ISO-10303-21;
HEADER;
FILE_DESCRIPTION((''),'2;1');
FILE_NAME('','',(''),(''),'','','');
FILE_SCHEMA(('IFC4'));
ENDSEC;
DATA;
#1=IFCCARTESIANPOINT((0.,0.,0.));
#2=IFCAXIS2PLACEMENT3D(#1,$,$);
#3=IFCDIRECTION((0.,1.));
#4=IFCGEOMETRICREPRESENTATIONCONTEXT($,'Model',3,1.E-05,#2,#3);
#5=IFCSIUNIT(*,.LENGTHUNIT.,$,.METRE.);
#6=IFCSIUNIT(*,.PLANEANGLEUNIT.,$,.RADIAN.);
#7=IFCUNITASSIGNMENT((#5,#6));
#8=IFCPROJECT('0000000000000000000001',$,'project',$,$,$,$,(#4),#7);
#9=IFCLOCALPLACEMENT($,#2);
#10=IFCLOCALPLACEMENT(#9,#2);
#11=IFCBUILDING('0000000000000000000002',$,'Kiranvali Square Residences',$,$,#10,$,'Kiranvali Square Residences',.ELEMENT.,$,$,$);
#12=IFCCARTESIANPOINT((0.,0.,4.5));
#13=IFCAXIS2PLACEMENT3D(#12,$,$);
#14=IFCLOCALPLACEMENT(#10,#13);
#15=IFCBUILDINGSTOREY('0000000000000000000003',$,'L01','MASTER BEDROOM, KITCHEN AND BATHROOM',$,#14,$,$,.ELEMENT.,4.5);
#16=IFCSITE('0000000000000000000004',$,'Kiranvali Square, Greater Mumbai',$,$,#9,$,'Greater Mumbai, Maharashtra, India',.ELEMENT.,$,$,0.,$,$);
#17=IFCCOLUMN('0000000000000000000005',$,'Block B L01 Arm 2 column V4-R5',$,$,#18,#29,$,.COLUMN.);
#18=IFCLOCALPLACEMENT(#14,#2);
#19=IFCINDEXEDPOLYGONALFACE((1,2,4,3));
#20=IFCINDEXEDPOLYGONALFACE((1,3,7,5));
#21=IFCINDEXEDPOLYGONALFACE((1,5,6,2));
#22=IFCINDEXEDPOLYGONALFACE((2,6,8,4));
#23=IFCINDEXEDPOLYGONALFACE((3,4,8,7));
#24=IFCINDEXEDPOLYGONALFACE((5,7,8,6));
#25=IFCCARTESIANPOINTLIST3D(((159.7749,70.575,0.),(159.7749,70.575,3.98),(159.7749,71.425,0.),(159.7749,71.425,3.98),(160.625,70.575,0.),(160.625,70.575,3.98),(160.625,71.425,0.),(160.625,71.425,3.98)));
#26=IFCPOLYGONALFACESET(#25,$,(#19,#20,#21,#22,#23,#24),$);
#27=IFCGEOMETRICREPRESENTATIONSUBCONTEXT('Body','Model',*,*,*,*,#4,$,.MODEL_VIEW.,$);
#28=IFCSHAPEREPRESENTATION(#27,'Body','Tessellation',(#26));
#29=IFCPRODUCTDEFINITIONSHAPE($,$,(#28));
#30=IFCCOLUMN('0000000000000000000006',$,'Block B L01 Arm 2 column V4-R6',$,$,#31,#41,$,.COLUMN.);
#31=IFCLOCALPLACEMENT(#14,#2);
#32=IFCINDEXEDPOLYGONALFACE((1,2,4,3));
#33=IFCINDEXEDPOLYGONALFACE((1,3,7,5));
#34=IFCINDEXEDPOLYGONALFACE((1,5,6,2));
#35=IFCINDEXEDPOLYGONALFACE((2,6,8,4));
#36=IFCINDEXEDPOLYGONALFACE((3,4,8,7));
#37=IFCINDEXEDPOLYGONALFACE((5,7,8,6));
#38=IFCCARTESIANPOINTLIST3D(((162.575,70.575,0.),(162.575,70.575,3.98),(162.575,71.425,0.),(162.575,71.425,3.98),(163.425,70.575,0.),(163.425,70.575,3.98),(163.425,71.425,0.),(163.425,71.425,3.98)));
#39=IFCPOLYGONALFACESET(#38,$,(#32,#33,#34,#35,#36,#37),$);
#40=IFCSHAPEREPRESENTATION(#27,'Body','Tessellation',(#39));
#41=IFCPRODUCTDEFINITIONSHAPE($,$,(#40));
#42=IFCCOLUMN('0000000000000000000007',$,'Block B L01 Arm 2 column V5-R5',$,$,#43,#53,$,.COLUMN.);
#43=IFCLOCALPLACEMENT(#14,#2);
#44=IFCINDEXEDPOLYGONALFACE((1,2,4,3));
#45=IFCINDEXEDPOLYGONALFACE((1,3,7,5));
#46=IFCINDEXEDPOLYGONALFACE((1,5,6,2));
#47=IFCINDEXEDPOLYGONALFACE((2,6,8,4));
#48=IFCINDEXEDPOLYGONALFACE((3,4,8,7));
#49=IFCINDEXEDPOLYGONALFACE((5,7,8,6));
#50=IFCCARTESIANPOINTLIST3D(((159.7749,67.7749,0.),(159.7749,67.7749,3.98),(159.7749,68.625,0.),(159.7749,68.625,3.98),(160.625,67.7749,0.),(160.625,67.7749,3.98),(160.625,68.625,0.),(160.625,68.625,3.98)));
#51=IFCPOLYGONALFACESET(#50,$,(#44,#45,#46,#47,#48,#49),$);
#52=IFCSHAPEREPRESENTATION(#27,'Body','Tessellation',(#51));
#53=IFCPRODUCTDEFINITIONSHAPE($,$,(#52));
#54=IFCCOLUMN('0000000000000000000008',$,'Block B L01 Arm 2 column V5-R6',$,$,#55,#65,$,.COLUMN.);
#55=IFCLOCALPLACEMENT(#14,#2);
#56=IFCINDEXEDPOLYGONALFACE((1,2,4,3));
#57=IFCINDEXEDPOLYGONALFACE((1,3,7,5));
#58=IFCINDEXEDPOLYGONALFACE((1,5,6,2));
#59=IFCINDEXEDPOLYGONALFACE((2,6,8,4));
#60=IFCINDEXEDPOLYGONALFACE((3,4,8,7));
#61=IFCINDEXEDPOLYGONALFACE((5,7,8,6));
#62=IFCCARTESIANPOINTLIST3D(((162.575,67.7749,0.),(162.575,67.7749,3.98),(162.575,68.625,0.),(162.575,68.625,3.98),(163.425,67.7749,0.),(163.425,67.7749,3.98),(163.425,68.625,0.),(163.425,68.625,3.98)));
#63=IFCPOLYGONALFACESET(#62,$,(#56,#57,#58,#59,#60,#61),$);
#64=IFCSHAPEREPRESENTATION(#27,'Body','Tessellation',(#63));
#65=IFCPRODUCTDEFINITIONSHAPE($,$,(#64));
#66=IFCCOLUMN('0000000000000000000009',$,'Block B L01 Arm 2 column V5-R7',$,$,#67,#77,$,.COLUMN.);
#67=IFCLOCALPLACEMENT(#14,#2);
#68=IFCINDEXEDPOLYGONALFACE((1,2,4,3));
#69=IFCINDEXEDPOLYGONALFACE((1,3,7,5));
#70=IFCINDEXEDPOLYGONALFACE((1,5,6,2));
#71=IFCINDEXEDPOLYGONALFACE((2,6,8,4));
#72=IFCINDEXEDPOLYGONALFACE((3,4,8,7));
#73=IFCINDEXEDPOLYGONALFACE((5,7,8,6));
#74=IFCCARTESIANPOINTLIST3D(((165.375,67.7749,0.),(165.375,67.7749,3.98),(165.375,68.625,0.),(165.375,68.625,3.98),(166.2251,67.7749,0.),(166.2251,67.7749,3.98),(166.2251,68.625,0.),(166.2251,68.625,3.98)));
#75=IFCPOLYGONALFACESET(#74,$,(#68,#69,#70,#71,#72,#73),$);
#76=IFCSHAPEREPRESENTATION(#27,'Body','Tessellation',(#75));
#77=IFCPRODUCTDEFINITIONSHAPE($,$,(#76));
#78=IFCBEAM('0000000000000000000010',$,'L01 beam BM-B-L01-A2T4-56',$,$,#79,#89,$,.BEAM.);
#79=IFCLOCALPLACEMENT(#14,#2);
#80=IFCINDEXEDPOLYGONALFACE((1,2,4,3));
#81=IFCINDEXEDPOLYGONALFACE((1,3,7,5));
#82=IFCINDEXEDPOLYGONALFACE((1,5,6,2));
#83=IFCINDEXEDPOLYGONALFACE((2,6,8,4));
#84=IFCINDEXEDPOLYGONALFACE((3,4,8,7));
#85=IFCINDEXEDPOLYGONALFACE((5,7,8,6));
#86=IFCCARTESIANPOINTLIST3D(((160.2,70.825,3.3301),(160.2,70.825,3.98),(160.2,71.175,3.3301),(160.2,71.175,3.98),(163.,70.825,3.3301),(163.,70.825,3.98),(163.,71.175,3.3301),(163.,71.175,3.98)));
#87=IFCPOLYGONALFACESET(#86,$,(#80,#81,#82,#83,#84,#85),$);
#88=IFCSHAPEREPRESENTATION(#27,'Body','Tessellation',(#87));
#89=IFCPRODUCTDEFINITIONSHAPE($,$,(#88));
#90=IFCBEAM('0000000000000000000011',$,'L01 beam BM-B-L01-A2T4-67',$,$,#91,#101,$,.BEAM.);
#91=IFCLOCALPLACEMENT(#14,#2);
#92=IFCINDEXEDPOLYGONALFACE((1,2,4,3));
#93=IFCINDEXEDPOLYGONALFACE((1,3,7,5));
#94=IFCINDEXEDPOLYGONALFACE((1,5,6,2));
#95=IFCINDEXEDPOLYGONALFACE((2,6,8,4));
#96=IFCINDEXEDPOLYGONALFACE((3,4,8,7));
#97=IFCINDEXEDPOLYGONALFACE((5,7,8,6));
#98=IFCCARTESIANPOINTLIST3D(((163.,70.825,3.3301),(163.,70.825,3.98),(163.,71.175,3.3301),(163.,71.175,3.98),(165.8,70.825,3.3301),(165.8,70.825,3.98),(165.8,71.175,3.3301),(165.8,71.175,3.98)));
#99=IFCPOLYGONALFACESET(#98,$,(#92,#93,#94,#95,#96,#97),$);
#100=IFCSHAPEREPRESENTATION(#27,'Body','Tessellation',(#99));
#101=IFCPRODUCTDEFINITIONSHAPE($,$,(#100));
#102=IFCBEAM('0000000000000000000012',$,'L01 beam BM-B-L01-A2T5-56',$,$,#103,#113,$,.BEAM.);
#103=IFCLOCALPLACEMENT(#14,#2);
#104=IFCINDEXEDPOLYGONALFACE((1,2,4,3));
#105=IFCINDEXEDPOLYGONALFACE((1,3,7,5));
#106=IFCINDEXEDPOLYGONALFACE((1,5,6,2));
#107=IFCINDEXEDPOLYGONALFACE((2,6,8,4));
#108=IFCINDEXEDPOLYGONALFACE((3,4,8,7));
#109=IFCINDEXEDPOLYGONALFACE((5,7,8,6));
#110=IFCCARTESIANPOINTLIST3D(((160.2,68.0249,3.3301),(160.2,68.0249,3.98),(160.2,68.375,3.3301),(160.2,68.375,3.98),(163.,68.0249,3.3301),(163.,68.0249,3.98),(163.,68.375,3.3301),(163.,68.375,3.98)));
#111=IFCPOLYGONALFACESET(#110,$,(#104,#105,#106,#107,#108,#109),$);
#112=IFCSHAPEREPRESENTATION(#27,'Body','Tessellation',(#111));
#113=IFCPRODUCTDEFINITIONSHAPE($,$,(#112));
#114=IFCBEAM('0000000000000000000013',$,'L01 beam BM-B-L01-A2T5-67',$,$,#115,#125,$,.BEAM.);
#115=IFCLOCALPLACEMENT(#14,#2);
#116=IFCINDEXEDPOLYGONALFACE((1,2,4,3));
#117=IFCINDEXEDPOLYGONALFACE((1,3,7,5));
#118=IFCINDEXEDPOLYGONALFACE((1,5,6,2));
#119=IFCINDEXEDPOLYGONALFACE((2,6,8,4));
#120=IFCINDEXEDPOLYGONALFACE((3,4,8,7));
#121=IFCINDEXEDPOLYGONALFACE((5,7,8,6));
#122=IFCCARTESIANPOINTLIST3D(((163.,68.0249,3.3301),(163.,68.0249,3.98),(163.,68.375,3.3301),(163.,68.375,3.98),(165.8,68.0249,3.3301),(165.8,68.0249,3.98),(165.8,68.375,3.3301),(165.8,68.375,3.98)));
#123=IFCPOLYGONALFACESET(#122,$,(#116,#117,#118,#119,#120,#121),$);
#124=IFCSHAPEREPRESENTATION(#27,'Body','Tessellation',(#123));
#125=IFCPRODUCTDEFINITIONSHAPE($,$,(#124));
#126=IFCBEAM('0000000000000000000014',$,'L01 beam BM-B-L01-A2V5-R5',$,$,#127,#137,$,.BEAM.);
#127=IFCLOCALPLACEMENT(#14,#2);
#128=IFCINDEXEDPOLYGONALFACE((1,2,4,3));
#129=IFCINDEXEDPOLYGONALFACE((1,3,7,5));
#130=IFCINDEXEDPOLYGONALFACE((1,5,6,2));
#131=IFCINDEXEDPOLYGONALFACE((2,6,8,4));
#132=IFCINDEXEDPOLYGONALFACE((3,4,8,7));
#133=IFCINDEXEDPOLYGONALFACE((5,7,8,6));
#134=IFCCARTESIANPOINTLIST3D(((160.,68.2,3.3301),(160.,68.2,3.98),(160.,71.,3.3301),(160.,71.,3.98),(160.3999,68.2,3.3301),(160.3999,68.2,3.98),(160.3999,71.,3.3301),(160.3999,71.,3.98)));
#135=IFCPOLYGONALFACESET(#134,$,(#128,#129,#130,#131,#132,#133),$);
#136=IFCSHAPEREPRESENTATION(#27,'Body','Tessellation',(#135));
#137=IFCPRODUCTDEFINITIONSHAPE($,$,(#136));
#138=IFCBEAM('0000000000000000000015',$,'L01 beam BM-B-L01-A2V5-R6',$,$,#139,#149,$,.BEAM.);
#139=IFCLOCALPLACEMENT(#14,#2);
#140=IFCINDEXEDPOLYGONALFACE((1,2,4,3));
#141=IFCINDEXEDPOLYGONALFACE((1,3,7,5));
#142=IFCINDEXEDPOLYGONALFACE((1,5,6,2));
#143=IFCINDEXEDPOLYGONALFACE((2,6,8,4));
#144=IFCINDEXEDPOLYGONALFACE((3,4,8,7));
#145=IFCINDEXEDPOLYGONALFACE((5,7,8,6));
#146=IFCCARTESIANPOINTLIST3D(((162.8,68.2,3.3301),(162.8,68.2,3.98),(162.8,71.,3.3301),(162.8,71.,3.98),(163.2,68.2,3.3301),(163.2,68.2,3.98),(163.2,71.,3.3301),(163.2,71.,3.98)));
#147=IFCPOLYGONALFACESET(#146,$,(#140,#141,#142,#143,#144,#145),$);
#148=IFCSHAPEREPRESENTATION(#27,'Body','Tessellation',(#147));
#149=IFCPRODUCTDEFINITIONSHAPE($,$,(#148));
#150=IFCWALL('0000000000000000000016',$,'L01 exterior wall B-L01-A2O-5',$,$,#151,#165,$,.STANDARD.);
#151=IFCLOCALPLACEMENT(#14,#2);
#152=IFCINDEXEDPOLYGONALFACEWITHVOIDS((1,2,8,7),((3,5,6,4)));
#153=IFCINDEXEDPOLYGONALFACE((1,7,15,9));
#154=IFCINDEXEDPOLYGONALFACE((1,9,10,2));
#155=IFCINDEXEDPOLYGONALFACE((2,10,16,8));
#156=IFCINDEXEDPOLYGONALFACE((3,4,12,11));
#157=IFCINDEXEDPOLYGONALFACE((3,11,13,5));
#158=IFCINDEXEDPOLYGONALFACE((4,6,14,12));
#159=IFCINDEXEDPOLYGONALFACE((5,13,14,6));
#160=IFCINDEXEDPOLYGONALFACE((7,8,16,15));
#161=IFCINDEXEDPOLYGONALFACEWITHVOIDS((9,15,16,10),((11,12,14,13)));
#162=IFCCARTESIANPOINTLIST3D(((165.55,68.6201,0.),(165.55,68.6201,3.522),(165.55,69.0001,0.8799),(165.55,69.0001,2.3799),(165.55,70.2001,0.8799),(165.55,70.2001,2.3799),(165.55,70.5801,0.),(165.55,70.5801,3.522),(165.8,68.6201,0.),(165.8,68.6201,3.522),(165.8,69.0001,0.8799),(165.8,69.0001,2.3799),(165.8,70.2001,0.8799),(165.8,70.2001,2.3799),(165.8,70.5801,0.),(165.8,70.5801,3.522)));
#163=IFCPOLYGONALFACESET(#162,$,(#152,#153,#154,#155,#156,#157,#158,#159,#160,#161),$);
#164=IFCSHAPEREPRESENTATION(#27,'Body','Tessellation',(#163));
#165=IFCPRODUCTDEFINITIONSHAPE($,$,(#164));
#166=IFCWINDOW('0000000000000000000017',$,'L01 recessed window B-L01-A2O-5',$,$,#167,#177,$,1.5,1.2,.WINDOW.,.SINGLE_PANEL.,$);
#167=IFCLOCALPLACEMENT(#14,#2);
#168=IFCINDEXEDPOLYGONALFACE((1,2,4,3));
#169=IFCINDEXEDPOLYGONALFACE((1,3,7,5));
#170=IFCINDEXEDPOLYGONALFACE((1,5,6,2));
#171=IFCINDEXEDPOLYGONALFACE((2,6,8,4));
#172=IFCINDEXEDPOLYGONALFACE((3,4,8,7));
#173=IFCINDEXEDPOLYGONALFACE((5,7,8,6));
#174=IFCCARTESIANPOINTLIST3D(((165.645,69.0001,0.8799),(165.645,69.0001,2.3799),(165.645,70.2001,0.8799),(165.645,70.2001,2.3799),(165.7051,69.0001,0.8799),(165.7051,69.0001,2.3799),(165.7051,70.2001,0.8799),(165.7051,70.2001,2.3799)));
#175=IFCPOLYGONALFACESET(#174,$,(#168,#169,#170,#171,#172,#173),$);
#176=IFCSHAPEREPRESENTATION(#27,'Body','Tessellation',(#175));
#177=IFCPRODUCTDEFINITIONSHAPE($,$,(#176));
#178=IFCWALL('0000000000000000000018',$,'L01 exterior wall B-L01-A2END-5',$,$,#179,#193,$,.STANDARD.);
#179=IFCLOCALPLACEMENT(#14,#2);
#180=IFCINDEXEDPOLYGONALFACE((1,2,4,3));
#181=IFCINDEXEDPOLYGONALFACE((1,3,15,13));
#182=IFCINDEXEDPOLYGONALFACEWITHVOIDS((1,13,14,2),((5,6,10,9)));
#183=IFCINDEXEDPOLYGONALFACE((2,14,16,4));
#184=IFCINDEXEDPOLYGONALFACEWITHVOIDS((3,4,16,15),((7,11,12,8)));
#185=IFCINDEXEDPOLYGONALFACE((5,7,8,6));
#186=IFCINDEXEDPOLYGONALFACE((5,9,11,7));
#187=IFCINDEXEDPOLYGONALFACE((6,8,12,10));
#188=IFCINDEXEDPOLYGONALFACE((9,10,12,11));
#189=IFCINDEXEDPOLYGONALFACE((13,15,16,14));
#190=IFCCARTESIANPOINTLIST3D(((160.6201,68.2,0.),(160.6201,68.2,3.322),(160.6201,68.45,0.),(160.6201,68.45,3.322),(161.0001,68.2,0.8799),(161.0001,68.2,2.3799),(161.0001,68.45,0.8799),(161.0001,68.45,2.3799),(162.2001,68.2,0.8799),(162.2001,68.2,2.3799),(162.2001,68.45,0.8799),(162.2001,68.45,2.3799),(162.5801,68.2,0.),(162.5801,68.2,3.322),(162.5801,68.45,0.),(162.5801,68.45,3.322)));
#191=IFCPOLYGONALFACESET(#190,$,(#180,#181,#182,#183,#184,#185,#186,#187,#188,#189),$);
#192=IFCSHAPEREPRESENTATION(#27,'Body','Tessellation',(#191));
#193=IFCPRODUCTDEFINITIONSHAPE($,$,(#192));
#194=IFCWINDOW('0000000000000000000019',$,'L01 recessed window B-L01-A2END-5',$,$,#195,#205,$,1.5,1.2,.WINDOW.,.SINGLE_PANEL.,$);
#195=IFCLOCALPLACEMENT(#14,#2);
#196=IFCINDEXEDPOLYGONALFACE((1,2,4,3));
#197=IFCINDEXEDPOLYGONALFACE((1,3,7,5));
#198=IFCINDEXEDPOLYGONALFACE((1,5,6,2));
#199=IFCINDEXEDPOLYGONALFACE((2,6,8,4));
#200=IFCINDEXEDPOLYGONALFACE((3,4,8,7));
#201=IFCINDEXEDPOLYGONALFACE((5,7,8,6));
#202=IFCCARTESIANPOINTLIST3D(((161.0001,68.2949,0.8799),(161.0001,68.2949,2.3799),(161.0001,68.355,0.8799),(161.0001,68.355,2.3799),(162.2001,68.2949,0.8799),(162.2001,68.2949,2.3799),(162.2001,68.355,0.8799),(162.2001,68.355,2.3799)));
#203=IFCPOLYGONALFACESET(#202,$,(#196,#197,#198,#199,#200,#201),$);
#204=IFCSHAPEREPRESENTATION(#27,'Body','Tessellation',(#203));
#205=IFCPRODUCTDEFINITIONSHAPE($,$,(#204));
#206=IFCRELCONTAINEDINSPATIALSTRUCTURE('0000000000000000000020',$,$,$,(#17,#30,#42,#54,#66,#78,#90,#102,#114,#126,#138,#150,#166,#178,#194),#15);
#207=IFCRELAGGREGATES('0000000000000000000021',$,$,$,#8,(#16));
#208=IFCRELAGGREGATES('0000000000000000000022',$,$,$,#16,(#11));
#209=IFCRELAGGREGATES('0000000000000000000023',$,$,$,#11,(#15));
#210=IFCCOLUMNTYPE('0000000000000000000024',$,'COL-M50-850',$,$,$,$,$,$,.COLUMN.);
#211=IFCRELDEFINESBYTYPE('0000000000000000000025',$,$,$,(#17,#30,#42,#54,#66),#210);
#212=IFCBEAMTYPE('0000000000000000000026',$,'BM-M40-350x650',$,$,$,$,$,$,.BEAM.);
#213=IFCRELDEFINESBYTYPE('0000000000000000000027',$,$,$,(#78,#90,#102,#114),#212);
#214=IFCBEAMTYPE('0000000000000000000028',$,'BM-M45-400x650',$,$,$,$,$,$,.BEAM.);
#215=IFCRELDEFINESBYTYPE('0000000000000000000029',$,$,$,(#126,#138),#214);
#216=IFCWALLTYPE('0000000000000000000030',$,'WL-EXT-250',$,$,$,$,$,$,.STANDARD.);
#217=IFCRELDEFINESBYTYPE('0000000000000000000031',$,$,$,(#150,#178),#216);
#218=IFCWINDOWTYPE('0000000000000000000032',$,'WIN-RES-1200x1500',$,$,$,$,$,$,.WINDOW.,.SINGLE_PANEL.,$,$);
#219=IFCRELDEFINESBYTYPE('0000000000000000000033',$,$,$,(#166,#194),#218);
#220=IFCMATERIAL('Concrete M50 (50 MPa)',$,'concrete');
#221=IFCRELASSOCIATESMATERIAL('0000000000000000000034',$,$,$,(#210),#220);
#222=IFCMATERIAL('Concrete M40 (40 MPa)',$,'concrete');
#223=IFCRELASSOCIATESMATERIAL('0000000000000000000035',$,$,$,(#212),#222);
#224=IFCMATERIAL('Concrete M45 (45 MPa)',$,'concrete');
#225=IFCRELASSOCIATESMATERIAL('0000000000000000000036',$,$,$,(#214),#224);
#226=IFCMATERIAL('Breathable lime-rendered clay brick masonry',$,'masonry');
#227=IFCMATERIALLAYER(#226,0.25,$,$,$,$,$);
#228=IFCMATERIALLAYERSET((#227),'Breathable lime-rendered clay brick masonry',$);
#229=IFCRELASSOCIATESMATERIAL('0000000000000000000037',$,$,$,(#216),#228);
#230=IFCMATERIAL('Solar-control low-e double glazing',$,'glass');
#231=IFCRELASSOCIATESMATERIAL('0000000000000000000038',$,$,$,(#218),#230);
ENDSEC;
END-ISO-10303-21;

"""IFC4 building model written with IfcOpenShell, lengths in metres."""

from ifc_helpers import new_model, si_unit, direction, frame, frame_2d, origin, origin_2d, place, context, subcontext, project, spatial, rectangle, extrude, material, layer, layer_set, material_profile, profile_set, type_object, element, fill, save


model = new_model("IFC4")

# Units and contexts
model_context = context("Model", 3, precision=1e-05, world=origin(), true_north=direction((0.0, 1.0)))
body_context = subcontext(model_context, "Body", "Model", "MODEL_VIEW")
ifc_project = project(units=[si_unit("LENGTHUNIT", "METRE"), si_unit("PLANEANGLEUNIT", "RADIAN")], contexts=[model_context])

# Site, building, storey
site_placement = place(None, origin())
site = spatial("IfcSite", under=ifc_project, at=site_placement, Name="Kiranvali Square, Greater Mumbai", LongName="Greater Mumbai, Maharashtra, India", CompositionType="ELEMENT", RefElevation=0.0)
building_placement = place(site_placement, origin())
building = spatial("IfcBuilding", under=site, at=building_placement, Name="Kiranvali Square Residences", LongName="Kiranvali Square Residences", CompositionType="ELEMENT")
storey_placement = place(building_placement, frame((0.0, 0.0, 4.5)))
storey = spatial("IfcBuildingStorey", under=building, at=storey_placement, Name="L01", Description="MASTER BEDROOM, KITCHEN AND BATHROOM", CompositionType="ELEMENT", Elevation=4.5)

# Columns
ifc_material_1 = material(Name="Concrete M50 (50 MPa)", Category="concrete")
ifc_material_profile_1 = material_profile(ifc_material_1, rectangle(XDim=0.8501, YDim=0.8501, at=origin_2d()), Name="RC 850x850")
ifc_profile_set_1 = profile_set([ifc_material_profile_1], Name="Concrete M50 (50 MPa)")
column_type = type_object("IfcColumnType", Name="COL-M50-850", PredefinedType="COLUMN", material=ifc_profile_set_1)
for number, where, z_axis, x_axis, name in (
    (1, (160.2, 71.0, 0.0), (0.0, 0.0, 1.0), (1.0, 0.0, 0.0), "Block B L01 Arm 2 column V4-R5"),
    (2, (163.0, 71.0, 0.0), (0.0, 0.0, 1.0), (1.0, 0.0, 0.0), "Block B L01 Arm 2 column V4-R6"),
    (3, (160.2, 68.2, 0.0), (0.0, 0.0, 1.0), (1.0, 0.0, 0.0), "Block B L01 Arm 2 column V5-R5"),
    (4, (163.0, 68.2, 0.0), (0.0, 0.0, 1.0), (1.0, 0.0, 0.0), "Block B L01 Arm 2 column V5-R6"),
    (5, (165.8, 68.2, 0.0), (0.0, 0.0, 1.0), (1.0, 0.0, 0.0), "Block B L01 Arm 2 column V5-R7"),
):
    element("IfcColumn", number, at=place(storey_placement, frame(where, z_axis=z_axis, x_axis=x_axis)), inside=storey, type_object=column_type, Name=name, PredefinedType="COLUMN", context=body_context, shape_type="SweptSolid", body=[
        extrude(rectangle(XDim=0.8501, YDim=0.8501, at=origin_2d()), origin(), (0.0, 0.0, 1.0), 3.98),
    ])

# Beams
ifc_material_2 = material(Name="Concrete M40 (40 MPa)", Category="concrete")
ifc_material_profile_2 = material_profile(ifc_material_2, rectangle(XDim=0.3501, YDim=0.6499, at=origin_2d()), Name="RC 350x650")
ifc_profile_set_2 = profile_set([ifc_material_profile_2], Name="Concrete M40 (40 MPa)")
beam_type_1 = type_object("IfcBeamType", Name="BM-M40-350x650", PredefinedType="BEAM", material=ifc_profile_set_2)
for number, where, z_axis, x_axis, name in (
    (6, (160.2, 71.0, 3.655), (1.0, 0.0, 0.0), (0.0, 1.0, 0.0), "L01 beam BM-B-L01-A2T4-56"),
    (7, (163.0, 71.0, 3.655), (1.0, 0.0, 0.0), (0.0, 1.0, 0.0), "L01 beam BM-B-L01-A2T4-67"),
    (8, (160.2, 68.2, 3.655), (1.0, 0.0, 0.0), (0.0, 1.0, 0.0), "L01 beam BM-B-L01-A2T5-56"),
    (9, (163.0, 68.2, 3.655), (1.0, 0.0, 0.0), (0.0, 1.0, 0.0), "L01 beam BM-B-L01-A2T5-67"),
):
    element("IfcBeam", number, at=place(storey_placement, frame(where, z_axis=z_axis, x_axis=x_axis)), inside=storey, type_object=beam_type_1, Name=name, PredefinedType="BEAM", context=body_context, shape_type="SweptSolid", body=[
        extrude(rectangle(XDim=0.3501, YDim=0.6499, at=origin_2d()), origin(), (0.0, 0.0, 1.0), 2.8),
    ])
ifc_material_3 = material(Name="Concrete M45 (45 MPa)", Category="concrete")
ifc_material_profile_3 = material_profile(ifc_material_3, rectangle(XDim=0.3999, YDim=0.6499, at=origin_2d()), Name="RC 400x650")
ifc_profile_set_3 = profile_set([ifc_material_profile_3], Name="Concrete M45 (45 MPa)")
beam_type_2 = type_object("IfcBeamType", Name="BM-M45-400x650", PredefinedType="BEAM", material=ifc_profile_set_3)
for number, where, z_axis, x_axis, name in (
    (10, (160.2, 71.0, 3.655), (0.0, -1.0, 0.0), (1.0, 0.0, 0.0), "L01 beam BM-B-L01-A2V5-R5"),
    (11, (163.0, 71.0, 3.655), (0.0, -1.0, 0.0), (1.0, 0.0, 0.0), "L01 beam BM-B-L01-A2V5-R6"),
):
    element("IfcBeam", number, at=place(storey_placement, frame(where, z_axis=z_axis, x_axis=x_axis)), inside=storey, type_object=beam_type_2, Name=name, PredefinedType="BEAM", context=body_context, shape_type="SweptSolid", body=[
        extrude(rectangle(XDim=0.3999, YDim=0.6499, at=origin_2d()), origin(), (0.0, 0.0, 1.0), 2.8),
    ])

# Walls, openings, windows
ifc_material_4 = material(Name="Breathable lime-rendered clay brick masonry", Category="masonry")
ifc_layer_1 = layer(ifc_material_4, 0.25)
ifc_layer_set_1 = layer_set([ifc_layer_1], Name="Breathable lime-rendered clay brick masonry")
wall_type_1 = type_object("IfcWallType", Name="WL-EXT-250", PredefinedType="STANDARD", material=ifc_layer_set_1)
wall_1_placement = place(storey_placement, frame((165.675, 70.5801, 0.0), z_axis=(0.0, 0.0, 1.0), x_axis=(0.0, -1.0, 0.0)))
wall_1 = element("IfcWall", 12, at=wall_1_placement, inside=storey, type_object=wall_type_1, Name="L01 exterior wall B-L01-A2O-5", PredefinedType="STANDARD", context=body_context, shape_type="SweptSolid", body=[
    extrude(rectangle(XDim=1.96, YDim=0.25, at=frame_2d((0.98, 0.0))), origin(), (0.0, 0.0, 1.0), 3.522),
])
opening_1_placement = place(wall_1_placement, frame((0.3799, 0.0, 0.8799)))
opening_1 = element("IfcOpeningElement", 13, at=opening_1_placement, cuts=wall_1, PredefinedType="OPENING", context=body_context, shape_type="SweptSolid", body=[
    extrude(rectangle(XDim=1.2, YDim=1.5, at=frame_2d((0.6001, 0.75))), frame((0.0, 0.135, 0.0), z_axis=(0.0, -1.0, 0.0), x_axis=(1.0, 0.0, 0.0)), (0.0, 0.0, 1.0), 0.27),
])
ifc_material_5 = material(Name="Solar-control low-e double glazing", Category="glass")
window_type = type_object("IfcWindowType", Name="WIN-RES-1200x1500", PartitioningType="SINGLE_PANEL", PredefinedType="WINDOW", material=ifc_material_5)
window_1_placement = place(opening_1_placement, origin())
window_1 = element("IfcWindow", 14, at=window_1_placement, inside=storey, type_object=window_type, Name="L01 recessed window B-L01-A2O-5", OverallHeight=1.5, OverallWidth=1.2, PartitioningType="SINGLE_PANEL", PredefinedType="WINDOW", context=body_context, shape_type="SweptSolid", body=[
    extrude(rectangle(XDim=1.2, YDim=1.5, at=frame_2d((0.6001, 0.75))), frame((0.0, 0.03, 0.0), z_axis=(0.0, -1.0, 0.0), x_axis=(1.0, 0.0, 0.0)), (0.0, 0.0, 1.0), 0.0601),
])
fill(opening_1, window_1)
wall_2_placement = place(storey_placement, frame((160.6201, 68.325, 0.0), z_axis=(0.0, 0.0, 1.0), x_axis=(1.0, 0.0, 0.0)))
wall_2 = element("IfcWall", 15, at=wall_2_placement, inside=storey, type_object=wall_type_1, Name="L01 exterior wall B-L01-A2END-5", PredefinedType="STANDARD", context=body_context, shape_type="SweptSolid", body=[
    extrude(rectangle(XDim=1.96, YDim=0.25, at=frame_2d((0.98, 0.0))), origin(), (0.0, 0.0, 1.0), 3.322),
])
opening_2_placement = place(wall_2_placement, frame((0.3799, 0.0, 0.8799)))
opening_2 = element("IfcOpeningElement", 16, at=opening_2_placement, cuts=wall_2, PredefinedType="OPENING", context=body_context, shape_type="SweptSolid", body=[
    extrude(rectangle(XDim=1.2, YDim=1.5, at=frame_2d((0.6001, 0.75))), frame((0.0, 0.135, 0.0), z_axis=(0.0, -1.0, 0.0), x_axis=(1.0, 0.0, 0.0)), (0.0, 0.0, 1.0), 0.27),
])
window_2_placement = place(opening_2_placement, origin())
window_2 = element("IfcWindow", 17, at=window_2_placement, inside=storey, type_object=window_type, Name="L01 recessed window B-L01-A2END-5", OverallHeight=1.5, OverallWidth=1.2, PartitioningType="SINGLE_PANEL", PredefinedType="WINDOW", context=body_context, shape_type="SweptSolid", body=[
    extrude(rectangle(XDim=1.2, YDim=1.5, at=frame_2d((0.6001, 0.75))), frame((0.0, 0.03, 0.0), z_axis=(0.0, -1.0, 0.0), x_axis=(1.0, 0.0, 0.0)), (0.0, 0.0, 1.0), 0.0601),
])
fill(opening_2, window_2)

save(model, "model.ifc")
